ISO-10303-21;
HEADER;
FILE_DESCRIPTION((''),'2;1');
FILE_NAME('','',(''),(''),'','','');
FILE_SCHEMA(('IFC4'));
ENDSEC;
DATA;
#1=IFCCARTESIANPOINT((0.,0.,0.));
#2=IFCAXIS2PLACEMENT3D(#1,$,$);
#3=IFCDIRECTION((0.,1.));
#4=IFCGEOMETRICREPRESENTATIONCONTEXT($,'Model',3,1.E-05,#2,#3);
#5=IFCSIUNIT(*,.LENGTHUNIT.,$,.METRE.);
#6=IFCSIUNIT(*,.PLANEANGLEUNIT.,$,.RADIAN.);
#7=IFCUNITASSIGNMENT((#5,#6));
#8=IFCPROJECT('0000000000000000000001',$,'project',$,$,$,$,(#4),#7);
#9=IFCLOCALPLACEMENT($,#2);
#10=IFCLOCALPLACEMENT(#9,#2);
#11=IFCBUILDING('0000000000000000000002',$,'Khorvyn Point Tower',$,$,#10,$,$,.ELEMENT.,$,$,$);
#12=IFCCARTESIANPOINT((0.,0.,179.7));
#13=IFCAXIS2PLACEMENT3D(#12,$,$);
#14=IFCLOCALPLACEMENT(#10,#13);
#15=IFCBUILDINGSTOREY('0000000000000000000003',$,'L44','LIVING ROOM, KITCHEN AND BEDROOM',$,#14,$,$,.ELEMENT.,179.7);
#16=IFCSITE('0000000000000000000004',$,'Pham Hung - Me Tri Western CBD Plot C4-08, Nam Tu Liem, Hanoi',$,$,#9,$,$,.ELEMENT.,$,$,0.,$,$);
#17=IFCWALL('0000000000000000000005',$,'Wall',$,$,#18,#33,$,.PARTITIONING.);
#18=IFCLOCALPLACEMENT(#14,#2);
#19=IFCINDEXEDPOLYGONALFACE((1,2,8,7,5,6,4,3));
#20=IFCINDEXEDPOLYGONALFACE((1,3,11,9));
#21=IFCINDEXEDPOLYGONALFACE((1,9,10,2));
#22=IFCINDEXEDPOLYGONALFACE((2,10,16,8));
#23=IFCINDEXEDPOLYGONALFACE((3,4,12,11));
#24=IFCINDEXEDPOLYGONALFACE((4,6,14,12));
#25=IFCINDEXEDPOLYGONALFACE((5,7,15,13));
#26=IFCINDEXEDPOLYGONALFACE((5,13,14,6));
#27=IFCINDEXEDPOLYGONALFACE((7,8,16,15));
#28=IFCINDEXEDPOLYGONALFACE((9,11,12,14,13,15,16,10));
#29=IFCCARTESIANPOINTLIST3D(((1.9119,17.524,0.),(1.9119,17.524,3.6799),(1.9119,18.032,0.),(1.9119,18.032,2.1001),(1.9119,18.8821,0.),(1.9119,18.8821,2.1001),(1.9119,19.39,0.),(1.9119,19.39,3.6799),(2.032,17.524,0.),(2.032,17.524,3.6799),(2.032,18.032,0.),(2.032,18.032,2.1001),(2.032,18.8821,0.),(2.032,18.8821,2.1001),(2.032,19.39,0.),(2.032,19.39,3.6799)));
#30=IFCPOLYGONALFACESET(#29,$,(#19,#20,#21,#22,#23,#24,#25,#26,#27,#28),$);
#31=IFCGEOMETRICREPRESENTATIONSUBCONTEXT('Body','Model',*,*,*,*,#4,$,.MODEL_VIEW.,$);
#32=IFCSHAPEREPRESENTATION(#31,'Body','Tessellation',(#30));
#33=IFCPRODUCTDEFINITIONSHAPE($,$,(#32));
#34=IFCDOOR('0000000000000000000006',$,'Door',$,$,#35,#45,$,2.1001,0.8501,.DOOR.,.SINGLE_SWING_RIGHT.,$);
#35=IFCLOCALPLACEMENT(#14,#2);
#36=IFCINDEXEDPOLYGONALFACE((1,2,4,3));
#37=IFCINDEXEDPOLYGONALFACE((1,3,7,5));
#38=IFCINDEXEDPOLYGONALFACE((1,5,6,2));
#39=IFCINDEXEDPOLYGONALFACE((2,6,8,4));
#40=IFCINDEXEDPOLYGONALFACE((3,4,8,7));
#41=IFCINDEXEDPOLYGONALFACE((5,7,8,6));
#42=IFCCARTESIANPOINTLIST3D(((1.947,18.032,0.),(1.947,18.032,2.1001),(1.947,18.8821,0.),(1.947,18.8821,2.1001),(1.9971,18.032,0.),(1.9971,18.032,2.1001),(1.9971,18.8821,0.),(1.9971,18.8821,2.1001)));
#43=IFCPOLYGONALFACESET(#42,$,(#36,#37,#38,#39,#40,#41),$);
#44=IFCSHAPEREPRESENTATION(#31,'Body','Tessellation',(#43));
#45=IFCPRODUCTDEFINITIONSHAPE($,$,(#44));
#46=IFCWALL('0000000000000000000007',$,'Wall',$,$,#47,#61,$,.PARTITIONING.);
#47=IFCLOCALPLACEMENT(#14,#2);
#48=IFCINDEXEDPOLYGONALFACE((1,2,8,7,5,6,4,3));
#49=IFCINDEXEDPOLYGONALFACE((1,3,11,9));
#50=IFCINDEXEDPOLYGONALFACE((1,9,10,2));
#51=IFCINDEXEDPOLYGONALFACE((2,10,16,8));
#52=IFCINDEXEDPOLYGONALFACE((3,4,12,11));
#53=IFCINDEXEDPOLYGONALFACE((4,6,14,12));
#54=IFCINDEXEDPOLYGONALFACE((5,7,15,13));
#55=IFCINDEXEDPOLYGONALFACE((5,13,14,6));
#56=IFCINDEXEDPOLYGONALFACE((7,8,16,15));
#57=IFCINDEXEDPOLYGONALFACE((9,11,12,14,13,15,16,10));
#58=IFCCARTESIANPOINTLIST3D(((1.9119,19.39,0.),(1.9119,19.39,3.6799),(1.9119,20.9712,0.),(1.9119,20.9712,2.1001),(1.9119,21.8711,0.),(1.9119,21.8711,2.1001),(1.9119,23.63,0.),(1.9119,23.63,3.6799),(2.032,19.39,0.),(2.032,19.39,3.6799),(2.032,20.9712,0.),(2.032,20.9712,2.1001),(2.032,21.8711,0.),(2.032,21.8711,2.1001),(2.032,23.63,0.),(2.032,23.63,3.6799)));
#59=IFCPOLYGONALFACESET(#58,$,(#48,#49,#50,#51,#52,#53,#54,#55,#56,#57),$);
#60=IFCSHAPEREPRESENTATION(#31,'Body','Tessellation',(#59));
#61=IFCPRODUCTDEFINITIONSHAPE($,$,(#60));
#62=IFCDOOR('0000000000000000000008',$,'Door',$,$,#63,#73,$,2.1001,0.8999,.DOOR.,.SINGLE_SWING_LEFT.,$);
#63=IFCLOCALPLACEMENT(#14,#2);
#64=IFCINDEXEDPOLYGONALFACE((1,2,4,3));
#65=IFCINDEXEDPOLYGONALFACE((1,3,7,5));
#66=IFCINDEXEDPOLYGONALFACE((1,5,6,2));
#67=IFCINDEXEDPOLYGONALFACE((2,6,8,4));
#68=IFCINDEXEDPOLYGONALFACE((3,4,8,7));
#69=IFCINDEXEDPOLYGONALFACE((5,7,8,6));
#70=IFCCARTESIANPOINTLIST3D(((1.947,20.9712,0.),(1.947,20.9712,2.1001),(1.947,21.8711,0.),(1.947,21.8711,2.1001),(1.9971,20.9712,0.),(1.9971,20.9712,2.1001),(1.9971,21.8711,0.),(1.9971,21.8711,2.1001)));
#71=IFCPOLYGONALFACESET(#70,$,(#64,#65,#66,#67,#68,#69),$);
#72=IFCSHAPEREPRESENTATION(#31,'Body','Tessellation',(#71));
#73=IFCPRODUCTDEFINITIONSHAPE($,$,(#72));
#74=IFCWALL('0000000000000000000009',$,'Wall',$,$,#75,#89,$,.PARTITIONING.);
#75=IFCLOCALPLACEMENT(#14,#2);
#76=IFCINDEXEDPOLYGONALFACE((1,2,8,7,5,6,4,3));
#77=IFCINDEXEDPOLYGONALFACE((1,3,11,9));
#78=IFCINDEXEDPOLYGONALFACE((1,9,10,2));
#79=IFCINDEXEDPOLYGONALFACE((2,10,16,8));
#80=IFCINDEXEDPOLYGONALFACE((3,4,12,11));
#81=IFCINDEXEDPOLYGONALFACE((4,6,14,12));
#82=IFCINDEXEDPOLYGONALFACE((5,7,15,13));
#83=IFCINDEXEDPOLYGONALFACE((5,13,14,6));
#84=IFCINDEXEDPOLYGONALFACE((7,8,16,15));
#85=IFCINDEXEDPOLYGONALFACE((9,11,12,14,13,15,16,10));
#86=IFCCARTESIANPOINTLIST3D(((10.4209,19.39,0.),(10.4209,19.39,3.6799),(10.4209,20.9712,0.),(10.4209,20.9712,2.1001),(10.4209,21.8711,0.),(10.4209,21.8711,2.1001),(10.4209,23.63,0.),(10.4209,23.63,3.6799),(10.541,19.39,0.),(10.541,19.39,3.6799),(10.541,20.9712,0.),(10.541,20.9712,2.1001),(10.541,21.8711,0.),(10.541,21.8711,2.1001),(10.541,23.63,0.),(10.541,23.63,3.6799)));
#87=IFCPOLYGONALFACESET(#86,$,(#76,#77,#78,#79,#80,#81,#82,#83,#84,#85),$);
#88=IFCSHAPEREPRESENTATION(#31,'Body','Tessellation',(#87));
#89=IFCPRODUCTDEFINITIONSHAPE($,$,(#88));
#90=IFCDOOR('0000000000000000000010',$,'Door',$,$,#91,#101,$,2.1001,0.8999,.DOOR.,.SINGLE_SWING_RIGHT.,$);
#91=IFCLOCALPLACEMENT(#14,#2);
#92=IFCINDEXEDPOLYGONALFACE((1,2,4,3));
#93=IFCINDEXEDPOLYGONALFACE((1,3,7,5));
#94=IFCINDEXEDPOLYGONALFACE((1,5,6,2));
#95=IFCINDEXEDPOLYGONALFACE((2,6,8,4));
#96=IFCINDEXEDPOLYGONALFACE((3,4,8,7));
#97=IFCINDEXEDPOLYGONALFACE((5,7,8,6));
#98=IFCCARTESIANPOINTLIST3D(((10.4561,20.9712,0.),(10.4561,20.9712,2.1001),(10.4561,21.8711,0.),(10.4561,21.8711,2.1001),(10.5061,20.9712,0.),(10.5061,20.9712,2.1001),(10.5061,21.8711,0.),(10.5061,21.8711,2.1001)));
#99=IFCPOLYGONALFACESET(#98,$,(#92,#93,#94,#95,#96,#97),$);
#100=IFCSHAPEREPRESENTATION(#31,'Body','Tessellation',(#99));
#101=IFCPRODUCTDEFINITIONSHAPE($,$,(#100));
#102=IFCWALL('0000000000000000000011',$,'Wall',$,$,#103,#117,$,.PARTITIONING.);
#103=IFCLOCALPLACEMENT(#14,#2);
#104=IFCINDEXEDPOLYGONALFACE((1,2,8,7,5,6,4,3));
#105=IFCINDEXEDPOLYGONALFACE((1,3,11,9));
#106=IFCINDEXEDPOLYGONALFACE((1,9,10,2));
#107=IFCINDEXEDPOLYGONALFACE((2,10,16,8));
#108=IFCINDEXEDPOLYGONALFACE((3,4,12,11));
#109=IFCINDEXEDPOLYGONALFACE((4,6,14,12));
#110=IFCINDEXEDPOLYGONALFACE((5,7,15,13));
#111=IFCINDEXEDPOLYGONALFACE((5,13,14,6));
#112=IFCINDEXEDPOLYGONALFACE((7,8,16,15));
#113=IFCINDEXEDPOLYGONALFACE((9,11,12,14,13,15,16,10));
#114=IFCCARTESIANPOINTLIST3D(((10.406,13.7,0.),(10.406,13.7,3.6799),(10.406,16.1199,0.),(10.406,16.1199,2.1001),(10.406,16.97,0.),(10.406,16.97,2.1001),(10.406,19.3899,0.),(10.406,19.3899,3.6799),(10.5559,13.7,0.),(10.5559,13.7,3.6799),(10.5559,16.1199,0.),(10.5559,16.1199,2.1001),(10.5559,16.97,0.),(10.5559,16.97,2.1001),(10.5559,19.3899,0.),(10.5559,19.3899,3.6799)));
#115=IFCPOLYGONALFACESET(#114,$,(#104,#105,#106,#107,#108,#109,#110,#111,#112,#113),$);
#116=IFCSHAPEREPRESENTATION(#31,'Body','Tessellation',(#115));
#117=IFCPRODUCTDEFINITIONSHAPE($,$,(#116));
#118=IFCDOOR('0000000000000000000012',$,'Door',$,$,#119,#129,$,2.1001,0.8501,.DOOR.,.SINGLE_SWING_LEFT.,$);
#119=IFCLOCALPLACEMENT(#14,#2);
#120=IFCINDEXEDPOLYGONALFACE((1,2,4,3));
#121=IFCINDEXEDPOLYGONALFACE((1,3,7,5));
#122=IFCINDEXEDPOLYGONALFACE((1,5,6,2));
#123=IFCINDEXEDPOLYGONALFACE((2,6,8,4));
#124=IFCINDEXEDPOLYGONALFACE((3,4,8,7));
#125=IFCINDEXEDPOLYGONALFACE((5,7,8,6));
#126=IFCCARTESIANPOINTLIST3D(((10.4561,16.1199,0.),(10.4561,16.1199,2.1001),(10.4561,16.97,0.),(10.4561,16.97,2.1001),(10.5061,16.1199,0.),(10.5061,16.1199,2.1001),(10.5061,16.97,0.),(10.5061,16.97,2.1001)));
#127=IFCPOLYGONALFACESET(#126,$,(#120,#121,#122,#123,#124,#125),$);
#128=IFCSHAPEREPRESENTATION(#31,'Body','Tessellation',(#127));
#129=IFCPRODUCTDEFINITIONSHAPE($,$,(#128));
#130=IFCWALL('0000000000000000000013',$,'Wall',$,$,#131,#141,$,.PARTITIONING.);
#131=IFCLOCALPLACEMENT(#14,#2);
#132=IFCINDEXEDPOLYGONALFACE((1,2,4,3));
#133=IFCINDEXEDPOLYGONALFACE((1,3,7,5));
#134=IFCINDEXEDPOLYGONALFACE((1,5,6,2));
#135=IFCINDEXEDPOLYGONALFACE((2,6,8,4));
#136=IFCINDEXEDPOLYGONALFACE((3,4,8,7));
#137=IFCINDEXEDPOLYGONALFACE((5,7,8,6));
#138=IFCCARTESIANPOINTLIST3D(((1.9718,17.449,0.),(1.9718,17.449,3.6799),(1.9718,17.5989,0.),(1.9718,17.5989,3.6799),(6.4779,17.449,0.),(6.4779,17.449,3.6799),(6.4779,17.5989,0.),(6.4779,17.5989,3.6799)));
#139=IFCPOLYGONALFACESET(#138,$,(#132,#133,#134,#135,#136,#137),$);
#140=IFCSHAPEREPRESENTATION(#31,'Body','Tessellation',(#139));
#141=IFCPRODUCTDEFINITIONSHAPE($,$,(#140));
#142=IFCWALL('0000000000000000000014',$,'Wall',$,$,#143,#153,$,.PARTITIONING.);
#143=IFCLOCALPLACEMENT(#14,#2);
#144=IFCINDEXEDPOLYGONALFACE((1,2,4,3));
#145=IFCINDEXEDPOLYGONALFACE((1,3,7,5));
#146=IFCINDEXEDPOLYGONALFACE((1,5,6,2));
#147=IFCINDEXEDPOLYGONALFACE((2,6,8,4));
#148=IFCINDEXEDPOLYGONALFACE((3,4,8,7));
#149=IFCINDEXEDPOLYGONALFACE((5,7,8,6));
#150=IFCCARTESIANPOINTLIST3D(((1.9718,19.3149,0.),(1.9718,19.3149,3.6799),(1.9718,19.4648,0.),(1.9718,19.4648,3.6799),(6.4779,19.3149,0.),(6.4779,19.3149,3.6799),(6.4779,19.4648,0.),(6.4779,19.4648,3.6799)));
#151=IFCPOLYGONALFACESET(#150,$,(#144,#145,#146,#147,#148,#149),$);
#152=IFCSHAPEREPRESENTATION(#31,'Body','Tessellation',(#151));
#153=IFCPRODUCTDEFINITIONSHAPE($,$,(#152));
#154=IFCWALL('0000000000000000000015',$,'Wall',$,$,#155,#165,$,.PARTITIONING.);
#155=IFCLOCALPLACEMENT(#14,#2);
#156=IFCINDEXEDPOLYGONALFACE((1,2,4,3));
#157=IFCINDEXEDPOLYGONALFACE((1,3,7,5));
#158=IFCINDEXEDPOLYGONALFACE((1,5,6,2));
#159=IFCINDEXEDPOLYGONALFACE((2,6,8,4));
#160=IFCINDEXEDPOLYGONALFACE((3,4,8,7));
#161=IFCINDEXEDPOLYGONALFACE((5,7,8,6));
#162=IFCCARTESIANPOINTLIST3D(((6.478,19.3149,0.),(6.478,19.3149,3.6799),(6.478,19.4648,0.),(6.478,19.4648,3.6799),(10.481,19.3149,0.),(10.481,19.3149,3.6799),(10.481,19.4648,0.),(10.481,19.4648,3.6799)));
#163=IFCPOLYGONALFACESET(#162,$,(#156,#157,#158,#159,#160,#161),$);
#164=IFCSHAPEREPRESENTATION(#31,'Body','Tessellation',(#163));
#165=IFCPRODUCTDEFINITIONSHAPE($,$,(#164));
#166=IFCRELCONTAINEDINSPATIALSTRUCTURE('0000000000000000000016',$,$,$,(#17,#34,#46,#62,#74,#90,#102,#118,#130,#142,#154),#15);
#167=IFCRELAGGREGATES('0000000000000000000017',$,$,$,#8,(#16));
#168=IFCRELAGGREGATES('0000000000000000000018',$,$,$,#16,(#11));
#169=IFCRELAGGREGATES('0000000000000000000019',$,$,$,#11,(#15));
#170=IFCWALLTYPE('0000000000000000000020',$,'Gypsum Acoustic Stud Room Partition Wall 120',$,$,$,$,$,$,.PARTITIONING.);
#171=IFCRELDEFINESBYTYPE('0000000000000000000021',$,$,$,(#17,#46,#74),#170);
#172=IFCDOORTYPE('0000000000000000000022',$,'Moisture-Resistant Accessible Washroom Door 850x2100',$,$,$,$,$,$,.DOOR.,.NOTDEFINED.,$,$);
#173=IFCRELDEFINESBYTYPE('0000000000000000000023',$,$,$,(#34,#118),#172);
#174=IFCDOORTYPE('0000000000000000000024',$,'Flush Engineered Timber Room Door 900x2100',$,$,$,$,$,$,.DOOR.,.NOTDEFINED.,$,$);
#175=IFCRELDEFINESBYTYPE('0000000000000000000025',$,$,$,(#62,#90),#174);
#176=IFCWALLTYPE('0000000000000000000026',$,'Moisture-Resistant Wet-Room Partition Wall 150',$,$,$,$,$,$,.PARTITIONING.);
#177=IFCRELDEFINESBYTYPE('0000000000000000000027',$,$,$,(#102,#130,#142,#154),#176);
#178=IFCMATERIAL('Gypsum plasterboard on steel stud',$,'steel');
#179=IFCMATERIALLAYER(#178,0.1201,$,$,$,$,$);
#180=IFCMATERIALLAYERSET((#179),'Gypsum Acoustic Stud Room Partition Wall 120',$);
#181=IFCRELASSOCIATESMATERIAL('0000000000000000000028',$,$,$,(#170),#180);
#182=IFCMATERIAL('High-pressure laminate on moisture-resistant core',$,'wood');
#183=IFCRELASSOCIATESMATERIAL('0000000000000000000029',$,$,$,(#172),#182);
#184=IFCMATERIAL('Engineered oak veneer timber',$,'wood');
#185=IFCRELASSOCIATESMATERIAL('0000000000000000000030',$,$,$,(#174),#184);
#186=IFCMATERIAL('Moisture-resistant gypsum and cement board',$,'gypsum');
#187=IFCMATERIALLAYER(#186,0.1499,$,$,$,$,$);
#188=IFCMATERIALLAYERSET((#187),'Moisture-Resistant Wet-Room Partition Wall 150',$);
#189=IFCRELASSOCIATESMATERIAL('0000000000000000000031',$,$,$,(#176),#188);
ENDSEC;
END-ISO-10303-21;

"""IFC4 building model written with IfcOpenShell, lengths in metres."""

from ifc_helpers import new_model, si_unit, direction, frame, frame_2d, origin, place, context, subcontext, project, spatial, rectangle, extrude, material, layer, layer_set, type_object, element, fill, save


model = new_model("IFC4")

# Units and contexts
model_context = context("Model", 3, precision=1e-05, world=origin(), true_north=direction((0.0, 1.0)))
body_context = subcontext(model_context, "Body", "Model", "MODEL_VIEW")
ifc_project = project(units=[si_unit("LENGTHUNIT", "METRE"), si_unit("PLANEANGLEUNIT", "RADIAN")], contexts=[model_context])

# Site, building, storey
site_placement = place(None, origin())
site = spatial("IfcSite", under=ifc_project, at=site_placement, Name="Pham Hung - Me Tri Western CBD Plot C4-08, Nam Tu Liem, Hanoi", CompositionType="ELEMENT", RefElevation=0.0)
building_placement = place(site_placement, origin())
building = spatial("IfcBuilding", under=site, at=building_placement, Name="Khorvyn Point Tower", CompositionType="ELEMENT")
storey_placement = place(building_placement, frame((0.0, 0.0, 179.7)))
storey = spatial("IfcBuildingStorey", under=building, at=storey_placement, Name="L44", Description="LIVING ROOM, KITCHEN AND BEDROOM", CompositionType="ELEMENT", Elevation=179.7)

# Walls, openings, doors
ifc_material_1 = material(Name="Gypsum plasterboard on steel stud", Category="steel")
ifc_layer_1 = layer(ifc_material_1, 0.1201)
ifc_layer_set_1 = layer_set([ifc_layer_1], Name="Gypsum Acoustic Stud Room Partition Wall 120")
wall_type_1 = type_object("IfcWallType", Name="Gypsum Acoustic Stud Room Partition Wall 120", PredefinedType="PARTITIONING", material=ifc_layer_set_1)
wall_1_placement = place(storey_placement, frame((1.9719, 17.5239, 0.0), z_axis=(0.0, 0.0, 1.0), x_axis=(0.0, 1.0, 0.0)))
wall_1 = element("IfcWall", 1, at=wall_1_placement, inside=storey, type_object=wall_type_1, Name="Wall", PredefinedType="PARTITIONING", context=body_context, shape_type="SweptSolid", body=[
    extrude(rectangle(XDim=1.866, YDim=0.1201, at=frame_2d((0.9331, 0.0))), origin(), (0.0, 0.0, 1.0), 3.6799),
])
opening_1_placement = place(wall_1_placement, frame((0.5081, 0.0, 0.0)))
opening_1 = element("IfcOpeningElement", 2, at=opening_1_placement, cuts=wall_1, PredefinedType="OPENING", context=body_context, shape_type="SweptSolid", body=[
    extrude(rectangle(XDim=0.8501, YDim=2.1001, at=frame_2d((0.425, 1.05))), frame((0.0, 0.0701, 0.0), z_axis=(0.0, -1.0, 0.0), x_axis=(1.0, 0.0, 0.0)), (0.0, 0.0, 1.0), 0.1401),
])
ifc_material_2 = material(Name="High-pressure laminate on moisture-resistant core", Category="wood")
door_type_1 = type_object("IfcDoorType", Name="Moisture-Resistant Accessible Washroom Door 850x2100", OperationType="NOTDEFINED", PredefinedType="DOOR", material=ifc_material_2)
door_1_placement = place(opening_1_placement, origin())
door_1 = element("IfcDoor", 3, at=door_1_placement, inside=storey, type_object=door_type_1, Name="Door", OperationType="SINGLE_SWING_RIGHT", OverallHeight=2.1001, OverallWidth=0.8501, PredefinedType="DOOR", context=body_context, shape_type="SweptSolid", body=[
    extrude(rectangle(XDim=0.8501, YDim=2.1001, at=frame_2d((0.425, 1.05))), frame((0.0, 0.0249, 0.0), z_axis=(0.0, -1.0, 0.0), x_axis=(1.0, 0.0, 0.0)), (0.0, 0.0, 1.0), 0.05),
])
fill(opening_1, door_1)
wall_2_placement = place(storey_placement, frame((1.9719, 19.3899, 0.0), z_axis=(0.0, 0.0, 1.0), x_axis=(0.0, 1.0, 0.0)))
wall_2 = element("IfcWall", 4, at=wall_2_placement, inside=storey, type_object=wall_type_1, Name="Wall", PredefinedType="PARTITIONING", context=body_context, shape_type="SweptSolid", body=[
    extrude(rectangle(XDim=4.24, YDim=0.1201, at=frame_2d((2.1201, 0.0))), origin(), (0.0, 0.0, 1.0), 3.6799),
])
opening_2_placement = place(wall_2_placement, frame((1.5813, 0.0, 0.0)))
opening_2 = element("IfcOpeningElement", 5, at=opening_2_placement, cuts=wall_2, PredefinedType="OPENING", context=body_context, shape_type="SweptSolid", body=[
    extrude(rectangle(XDim=0.8999, YDim=2.1001, at=frame_2d((0.45, 1.05))), frame((0.0, 0.0701, 0.0), z_axis=(0.0, -1.0, 0.0), x_axis=(1.0, 0.0, 0.0)), (0.0, 0.0, 1.0), 0.1401),
])
ifc_material_3 = material(Name="Engineered oak veneer timber", Category="wood")
door_type_2 = type_object("IfcDoorType", Name="Flush Engineered Timber Room Door 900x2100", OperationType="NOTDEFINED", PredefinedType="DOOR", material=ifc_material_3)
door_2_placement = place(opening_2_placement, origin())
door_2 = element("IfcDoor", 6, at=door_2_placement, inside=storey, type_object=door_type_2, Name="Door", OperationType="SINGLE_SWING_LEFT", OverallHeight=2.1001, OverallWidth=0.8999, PredefinedType="DOOR", context=body_context, shape_type="SweptSolid", body=[
    extrude(rectangle(XDim=0.8999, YDim=2.1001, at=frame_2d((0.45, 1.05))), frame((0.0, 0.0249, 0.0), z_axis=(0.0, -1.0, 0.0), x_axis=(1.0, 0.0, 0.0)), (0.0, 0.0, 1.0), 0.05),
])
fill(opening_2, door_2)
wall_3_placement = place(storey_placement, frame((10.481, 19.3899, 0.0), z_axis=(0.0, 0.0, 1.0), x_axis=(0.0, 1.0, 0.0)))
wall_3 = element("IfcWall", 7, at=wall_3_placement, inside=storey, type_object=wall_type_1, Name="Wall", PredefinedType="PARTITIONING", context=body_context, shape_type="SweptSolid", body=[
    extrude(rectangle(XDim=4.24, YDim=0.1201, at=frame_2d((2.1201, 0.0))), origin(), (0.0, 0.0, 1.0), 3.6799),
])
opening_3_placement = place(wall_3_placement, frame((1.5813, 0.0, 0.0)))
opening_3 = element("IfcOpeningElement", 8, at=opening_3_placement, cuts=wall_3, PredefinedType="OPENING", context=body_context, shape_type="SweptSolid", body=[
    extrude(rectangle(XDim=0.8999, YDim=2.1001, at=frame_2d((0.45, 1.05))), frame((0.0, 0.0701, 0.0), z_axis=(0.0, -1.0, 0.0), x_axis=(1.0, 0.0, 0.0)), (0.0, 0.0, 1.0), 0.1401),
])
door_3_placement = place(opening_3_placement, origin())
door_3 = element("IfcDoor", 9, at=door_3_placement, inside=storey, type_object=door_type_2, Name="Door", OperationType="SINGLE_SWING_RIGHT", OverallHeight=2.1001, OverallWidth=0.8999, PredefinedType="DOOR", context=body_context, shape_type="SweptSolid", body=[
    extrude(rectangle(XDim=0.8999, YDim=2.1001, at=frame_2d((0.45, 1.05))), frame((0.0, 0.0249, 0.0), z_axis=(0.0, -1.0, 0.0), x_axis=(1.0, 0.0, 0.0)), (0.0, 0.0, 1.0), 0.05),
])
fill(opening_3, door_3)
ifc_material_4 = material(Name="Moisture-resistant gypsum and cement board", Category="gypsum")
ifc_layer_2 = layer(ifc_material_4, 0.1499)
ifc_layer_set_2 = layer_set([ifc_layer_2], Name="Moisture-Resistant Wet-Room Partition Wall 150")
wall_type_2 = type_object("IfcWallType", Name="Moisture-Resistant Wet-Room Partition Wall 150", PredefinedType="PARTITIONING", material=ifc_layer_set_2)
wall_4_placement = place(storey_placement, frame((10.481, 13.7, 0.0), z_axis=(0.0, 0.0, 1.0), x_axis=(0.0, 1.0, 0.0)))
wall_4 = element("IfcWall", 10, at=wall_4_placement, inside=storey, type_object=wall_type_2, Name="Wall", PredefinedType="PARTITIONING", context=body_context, shape_type="SweptSolid", body=[
    extrude(rectangle(XDim=5.6899, YDim=0.1499, at=frame_2d((2.845, 0.0))), origin(), (0.0, 0.0, 1.0), 3.6799),
])
opening_4_placement = place(wall_4_placement, frame((2.4199, 0.0, 0.0)))
opening_4 = element("IfcOpeningElement", 11, at=opening_4_placement, cuts=wall_4, PredefinedType="OPENING", context=body_context, shape_type="SweptSolid", body=[
    extrude(rectangle(XDim=0.8501, YDim=2.1001, at=frame_2d((0.425, 1.05))), frame((0.0, 0.085, 0.0), z_axis=(0.0, -1.0, 0.0), x_axis=(1.0, 0.0, 0.0)), (0.0, 0.0, 1.0), 0.1699),
])
door_4_placement = place(opening_4_placement, origin())
door_4 = element("IfcDoor", 12, at=door_4_placement, inside=storey, type_object=door_type_1, Name="Door", OperationType="SINGLE_SWING_LEFT", OverallHeight=2.1001, OverallWidth=0.8501, PredefinedType="DOOR", context=body_context, shape_type="SweptSolid", body=[
    extrude(rectangle(XDim=0.8501, YDim=2.1001, at=frame_2d((0.425, 1.05))), frame((0.0, 0.0249, 0.0), z_axis=(0.0, -1.0, 0.0), x_axis=(1.0, 0.0, 0.0)), (0.0, 0.0, 1.0), 0.05),
])
fill(opening_4, door_4)

# Walls
for number, where, z_axis, x_axis, name in (
    (13, (1.9719, 17.5239, 0.0), (0.0, 0.0, 1.0), (1.0, 0.0, 0.0), "Wall"),
    (14, (1.9719, 19.3899, 0.0), (0.0, 0.0, 1.0), (1.0, 0.0, 0.0), "Wall"),
):
    element("IfcWall", number, at=place(storey_placement, frame(where, z_axis=z_axis, x_axis=x_axis)), inside=storey, type_object=wall_type_2, Name=name, PredefinedType="PARTITIONING", context=body_context, shape_type="SweptSolid", body=[
        extrude(rectangle(XDim=4.5061, YDim=0.1499, at=frame_2d((2.2529, 0.0))), origin(), (0.0, 0.0, 1.0), 3.6799),
    ])
wall_5_placement = place(storey_placement, frame((6.478, 19.3899, 0.0), z_axis=(0.0, 0.0, 1.0), x_axis=(1.0, 0.0, 0.0)))
element("IfcWall", 15, at=wall_5_placement, inside=storey, type_object=wall_type_2, Name="Wall", PredefinedType="PARTITIONING", context=body_context, shape_type="SweptSolid", body=[
    extrude(rectangle(XDim=4.0029, YDim=0.1499, at=frame_2d((2.0015, 0.0))), origin(), (0.0, 0.0, 1.0), 3.6799),
])

save(model, "model.ifc")
